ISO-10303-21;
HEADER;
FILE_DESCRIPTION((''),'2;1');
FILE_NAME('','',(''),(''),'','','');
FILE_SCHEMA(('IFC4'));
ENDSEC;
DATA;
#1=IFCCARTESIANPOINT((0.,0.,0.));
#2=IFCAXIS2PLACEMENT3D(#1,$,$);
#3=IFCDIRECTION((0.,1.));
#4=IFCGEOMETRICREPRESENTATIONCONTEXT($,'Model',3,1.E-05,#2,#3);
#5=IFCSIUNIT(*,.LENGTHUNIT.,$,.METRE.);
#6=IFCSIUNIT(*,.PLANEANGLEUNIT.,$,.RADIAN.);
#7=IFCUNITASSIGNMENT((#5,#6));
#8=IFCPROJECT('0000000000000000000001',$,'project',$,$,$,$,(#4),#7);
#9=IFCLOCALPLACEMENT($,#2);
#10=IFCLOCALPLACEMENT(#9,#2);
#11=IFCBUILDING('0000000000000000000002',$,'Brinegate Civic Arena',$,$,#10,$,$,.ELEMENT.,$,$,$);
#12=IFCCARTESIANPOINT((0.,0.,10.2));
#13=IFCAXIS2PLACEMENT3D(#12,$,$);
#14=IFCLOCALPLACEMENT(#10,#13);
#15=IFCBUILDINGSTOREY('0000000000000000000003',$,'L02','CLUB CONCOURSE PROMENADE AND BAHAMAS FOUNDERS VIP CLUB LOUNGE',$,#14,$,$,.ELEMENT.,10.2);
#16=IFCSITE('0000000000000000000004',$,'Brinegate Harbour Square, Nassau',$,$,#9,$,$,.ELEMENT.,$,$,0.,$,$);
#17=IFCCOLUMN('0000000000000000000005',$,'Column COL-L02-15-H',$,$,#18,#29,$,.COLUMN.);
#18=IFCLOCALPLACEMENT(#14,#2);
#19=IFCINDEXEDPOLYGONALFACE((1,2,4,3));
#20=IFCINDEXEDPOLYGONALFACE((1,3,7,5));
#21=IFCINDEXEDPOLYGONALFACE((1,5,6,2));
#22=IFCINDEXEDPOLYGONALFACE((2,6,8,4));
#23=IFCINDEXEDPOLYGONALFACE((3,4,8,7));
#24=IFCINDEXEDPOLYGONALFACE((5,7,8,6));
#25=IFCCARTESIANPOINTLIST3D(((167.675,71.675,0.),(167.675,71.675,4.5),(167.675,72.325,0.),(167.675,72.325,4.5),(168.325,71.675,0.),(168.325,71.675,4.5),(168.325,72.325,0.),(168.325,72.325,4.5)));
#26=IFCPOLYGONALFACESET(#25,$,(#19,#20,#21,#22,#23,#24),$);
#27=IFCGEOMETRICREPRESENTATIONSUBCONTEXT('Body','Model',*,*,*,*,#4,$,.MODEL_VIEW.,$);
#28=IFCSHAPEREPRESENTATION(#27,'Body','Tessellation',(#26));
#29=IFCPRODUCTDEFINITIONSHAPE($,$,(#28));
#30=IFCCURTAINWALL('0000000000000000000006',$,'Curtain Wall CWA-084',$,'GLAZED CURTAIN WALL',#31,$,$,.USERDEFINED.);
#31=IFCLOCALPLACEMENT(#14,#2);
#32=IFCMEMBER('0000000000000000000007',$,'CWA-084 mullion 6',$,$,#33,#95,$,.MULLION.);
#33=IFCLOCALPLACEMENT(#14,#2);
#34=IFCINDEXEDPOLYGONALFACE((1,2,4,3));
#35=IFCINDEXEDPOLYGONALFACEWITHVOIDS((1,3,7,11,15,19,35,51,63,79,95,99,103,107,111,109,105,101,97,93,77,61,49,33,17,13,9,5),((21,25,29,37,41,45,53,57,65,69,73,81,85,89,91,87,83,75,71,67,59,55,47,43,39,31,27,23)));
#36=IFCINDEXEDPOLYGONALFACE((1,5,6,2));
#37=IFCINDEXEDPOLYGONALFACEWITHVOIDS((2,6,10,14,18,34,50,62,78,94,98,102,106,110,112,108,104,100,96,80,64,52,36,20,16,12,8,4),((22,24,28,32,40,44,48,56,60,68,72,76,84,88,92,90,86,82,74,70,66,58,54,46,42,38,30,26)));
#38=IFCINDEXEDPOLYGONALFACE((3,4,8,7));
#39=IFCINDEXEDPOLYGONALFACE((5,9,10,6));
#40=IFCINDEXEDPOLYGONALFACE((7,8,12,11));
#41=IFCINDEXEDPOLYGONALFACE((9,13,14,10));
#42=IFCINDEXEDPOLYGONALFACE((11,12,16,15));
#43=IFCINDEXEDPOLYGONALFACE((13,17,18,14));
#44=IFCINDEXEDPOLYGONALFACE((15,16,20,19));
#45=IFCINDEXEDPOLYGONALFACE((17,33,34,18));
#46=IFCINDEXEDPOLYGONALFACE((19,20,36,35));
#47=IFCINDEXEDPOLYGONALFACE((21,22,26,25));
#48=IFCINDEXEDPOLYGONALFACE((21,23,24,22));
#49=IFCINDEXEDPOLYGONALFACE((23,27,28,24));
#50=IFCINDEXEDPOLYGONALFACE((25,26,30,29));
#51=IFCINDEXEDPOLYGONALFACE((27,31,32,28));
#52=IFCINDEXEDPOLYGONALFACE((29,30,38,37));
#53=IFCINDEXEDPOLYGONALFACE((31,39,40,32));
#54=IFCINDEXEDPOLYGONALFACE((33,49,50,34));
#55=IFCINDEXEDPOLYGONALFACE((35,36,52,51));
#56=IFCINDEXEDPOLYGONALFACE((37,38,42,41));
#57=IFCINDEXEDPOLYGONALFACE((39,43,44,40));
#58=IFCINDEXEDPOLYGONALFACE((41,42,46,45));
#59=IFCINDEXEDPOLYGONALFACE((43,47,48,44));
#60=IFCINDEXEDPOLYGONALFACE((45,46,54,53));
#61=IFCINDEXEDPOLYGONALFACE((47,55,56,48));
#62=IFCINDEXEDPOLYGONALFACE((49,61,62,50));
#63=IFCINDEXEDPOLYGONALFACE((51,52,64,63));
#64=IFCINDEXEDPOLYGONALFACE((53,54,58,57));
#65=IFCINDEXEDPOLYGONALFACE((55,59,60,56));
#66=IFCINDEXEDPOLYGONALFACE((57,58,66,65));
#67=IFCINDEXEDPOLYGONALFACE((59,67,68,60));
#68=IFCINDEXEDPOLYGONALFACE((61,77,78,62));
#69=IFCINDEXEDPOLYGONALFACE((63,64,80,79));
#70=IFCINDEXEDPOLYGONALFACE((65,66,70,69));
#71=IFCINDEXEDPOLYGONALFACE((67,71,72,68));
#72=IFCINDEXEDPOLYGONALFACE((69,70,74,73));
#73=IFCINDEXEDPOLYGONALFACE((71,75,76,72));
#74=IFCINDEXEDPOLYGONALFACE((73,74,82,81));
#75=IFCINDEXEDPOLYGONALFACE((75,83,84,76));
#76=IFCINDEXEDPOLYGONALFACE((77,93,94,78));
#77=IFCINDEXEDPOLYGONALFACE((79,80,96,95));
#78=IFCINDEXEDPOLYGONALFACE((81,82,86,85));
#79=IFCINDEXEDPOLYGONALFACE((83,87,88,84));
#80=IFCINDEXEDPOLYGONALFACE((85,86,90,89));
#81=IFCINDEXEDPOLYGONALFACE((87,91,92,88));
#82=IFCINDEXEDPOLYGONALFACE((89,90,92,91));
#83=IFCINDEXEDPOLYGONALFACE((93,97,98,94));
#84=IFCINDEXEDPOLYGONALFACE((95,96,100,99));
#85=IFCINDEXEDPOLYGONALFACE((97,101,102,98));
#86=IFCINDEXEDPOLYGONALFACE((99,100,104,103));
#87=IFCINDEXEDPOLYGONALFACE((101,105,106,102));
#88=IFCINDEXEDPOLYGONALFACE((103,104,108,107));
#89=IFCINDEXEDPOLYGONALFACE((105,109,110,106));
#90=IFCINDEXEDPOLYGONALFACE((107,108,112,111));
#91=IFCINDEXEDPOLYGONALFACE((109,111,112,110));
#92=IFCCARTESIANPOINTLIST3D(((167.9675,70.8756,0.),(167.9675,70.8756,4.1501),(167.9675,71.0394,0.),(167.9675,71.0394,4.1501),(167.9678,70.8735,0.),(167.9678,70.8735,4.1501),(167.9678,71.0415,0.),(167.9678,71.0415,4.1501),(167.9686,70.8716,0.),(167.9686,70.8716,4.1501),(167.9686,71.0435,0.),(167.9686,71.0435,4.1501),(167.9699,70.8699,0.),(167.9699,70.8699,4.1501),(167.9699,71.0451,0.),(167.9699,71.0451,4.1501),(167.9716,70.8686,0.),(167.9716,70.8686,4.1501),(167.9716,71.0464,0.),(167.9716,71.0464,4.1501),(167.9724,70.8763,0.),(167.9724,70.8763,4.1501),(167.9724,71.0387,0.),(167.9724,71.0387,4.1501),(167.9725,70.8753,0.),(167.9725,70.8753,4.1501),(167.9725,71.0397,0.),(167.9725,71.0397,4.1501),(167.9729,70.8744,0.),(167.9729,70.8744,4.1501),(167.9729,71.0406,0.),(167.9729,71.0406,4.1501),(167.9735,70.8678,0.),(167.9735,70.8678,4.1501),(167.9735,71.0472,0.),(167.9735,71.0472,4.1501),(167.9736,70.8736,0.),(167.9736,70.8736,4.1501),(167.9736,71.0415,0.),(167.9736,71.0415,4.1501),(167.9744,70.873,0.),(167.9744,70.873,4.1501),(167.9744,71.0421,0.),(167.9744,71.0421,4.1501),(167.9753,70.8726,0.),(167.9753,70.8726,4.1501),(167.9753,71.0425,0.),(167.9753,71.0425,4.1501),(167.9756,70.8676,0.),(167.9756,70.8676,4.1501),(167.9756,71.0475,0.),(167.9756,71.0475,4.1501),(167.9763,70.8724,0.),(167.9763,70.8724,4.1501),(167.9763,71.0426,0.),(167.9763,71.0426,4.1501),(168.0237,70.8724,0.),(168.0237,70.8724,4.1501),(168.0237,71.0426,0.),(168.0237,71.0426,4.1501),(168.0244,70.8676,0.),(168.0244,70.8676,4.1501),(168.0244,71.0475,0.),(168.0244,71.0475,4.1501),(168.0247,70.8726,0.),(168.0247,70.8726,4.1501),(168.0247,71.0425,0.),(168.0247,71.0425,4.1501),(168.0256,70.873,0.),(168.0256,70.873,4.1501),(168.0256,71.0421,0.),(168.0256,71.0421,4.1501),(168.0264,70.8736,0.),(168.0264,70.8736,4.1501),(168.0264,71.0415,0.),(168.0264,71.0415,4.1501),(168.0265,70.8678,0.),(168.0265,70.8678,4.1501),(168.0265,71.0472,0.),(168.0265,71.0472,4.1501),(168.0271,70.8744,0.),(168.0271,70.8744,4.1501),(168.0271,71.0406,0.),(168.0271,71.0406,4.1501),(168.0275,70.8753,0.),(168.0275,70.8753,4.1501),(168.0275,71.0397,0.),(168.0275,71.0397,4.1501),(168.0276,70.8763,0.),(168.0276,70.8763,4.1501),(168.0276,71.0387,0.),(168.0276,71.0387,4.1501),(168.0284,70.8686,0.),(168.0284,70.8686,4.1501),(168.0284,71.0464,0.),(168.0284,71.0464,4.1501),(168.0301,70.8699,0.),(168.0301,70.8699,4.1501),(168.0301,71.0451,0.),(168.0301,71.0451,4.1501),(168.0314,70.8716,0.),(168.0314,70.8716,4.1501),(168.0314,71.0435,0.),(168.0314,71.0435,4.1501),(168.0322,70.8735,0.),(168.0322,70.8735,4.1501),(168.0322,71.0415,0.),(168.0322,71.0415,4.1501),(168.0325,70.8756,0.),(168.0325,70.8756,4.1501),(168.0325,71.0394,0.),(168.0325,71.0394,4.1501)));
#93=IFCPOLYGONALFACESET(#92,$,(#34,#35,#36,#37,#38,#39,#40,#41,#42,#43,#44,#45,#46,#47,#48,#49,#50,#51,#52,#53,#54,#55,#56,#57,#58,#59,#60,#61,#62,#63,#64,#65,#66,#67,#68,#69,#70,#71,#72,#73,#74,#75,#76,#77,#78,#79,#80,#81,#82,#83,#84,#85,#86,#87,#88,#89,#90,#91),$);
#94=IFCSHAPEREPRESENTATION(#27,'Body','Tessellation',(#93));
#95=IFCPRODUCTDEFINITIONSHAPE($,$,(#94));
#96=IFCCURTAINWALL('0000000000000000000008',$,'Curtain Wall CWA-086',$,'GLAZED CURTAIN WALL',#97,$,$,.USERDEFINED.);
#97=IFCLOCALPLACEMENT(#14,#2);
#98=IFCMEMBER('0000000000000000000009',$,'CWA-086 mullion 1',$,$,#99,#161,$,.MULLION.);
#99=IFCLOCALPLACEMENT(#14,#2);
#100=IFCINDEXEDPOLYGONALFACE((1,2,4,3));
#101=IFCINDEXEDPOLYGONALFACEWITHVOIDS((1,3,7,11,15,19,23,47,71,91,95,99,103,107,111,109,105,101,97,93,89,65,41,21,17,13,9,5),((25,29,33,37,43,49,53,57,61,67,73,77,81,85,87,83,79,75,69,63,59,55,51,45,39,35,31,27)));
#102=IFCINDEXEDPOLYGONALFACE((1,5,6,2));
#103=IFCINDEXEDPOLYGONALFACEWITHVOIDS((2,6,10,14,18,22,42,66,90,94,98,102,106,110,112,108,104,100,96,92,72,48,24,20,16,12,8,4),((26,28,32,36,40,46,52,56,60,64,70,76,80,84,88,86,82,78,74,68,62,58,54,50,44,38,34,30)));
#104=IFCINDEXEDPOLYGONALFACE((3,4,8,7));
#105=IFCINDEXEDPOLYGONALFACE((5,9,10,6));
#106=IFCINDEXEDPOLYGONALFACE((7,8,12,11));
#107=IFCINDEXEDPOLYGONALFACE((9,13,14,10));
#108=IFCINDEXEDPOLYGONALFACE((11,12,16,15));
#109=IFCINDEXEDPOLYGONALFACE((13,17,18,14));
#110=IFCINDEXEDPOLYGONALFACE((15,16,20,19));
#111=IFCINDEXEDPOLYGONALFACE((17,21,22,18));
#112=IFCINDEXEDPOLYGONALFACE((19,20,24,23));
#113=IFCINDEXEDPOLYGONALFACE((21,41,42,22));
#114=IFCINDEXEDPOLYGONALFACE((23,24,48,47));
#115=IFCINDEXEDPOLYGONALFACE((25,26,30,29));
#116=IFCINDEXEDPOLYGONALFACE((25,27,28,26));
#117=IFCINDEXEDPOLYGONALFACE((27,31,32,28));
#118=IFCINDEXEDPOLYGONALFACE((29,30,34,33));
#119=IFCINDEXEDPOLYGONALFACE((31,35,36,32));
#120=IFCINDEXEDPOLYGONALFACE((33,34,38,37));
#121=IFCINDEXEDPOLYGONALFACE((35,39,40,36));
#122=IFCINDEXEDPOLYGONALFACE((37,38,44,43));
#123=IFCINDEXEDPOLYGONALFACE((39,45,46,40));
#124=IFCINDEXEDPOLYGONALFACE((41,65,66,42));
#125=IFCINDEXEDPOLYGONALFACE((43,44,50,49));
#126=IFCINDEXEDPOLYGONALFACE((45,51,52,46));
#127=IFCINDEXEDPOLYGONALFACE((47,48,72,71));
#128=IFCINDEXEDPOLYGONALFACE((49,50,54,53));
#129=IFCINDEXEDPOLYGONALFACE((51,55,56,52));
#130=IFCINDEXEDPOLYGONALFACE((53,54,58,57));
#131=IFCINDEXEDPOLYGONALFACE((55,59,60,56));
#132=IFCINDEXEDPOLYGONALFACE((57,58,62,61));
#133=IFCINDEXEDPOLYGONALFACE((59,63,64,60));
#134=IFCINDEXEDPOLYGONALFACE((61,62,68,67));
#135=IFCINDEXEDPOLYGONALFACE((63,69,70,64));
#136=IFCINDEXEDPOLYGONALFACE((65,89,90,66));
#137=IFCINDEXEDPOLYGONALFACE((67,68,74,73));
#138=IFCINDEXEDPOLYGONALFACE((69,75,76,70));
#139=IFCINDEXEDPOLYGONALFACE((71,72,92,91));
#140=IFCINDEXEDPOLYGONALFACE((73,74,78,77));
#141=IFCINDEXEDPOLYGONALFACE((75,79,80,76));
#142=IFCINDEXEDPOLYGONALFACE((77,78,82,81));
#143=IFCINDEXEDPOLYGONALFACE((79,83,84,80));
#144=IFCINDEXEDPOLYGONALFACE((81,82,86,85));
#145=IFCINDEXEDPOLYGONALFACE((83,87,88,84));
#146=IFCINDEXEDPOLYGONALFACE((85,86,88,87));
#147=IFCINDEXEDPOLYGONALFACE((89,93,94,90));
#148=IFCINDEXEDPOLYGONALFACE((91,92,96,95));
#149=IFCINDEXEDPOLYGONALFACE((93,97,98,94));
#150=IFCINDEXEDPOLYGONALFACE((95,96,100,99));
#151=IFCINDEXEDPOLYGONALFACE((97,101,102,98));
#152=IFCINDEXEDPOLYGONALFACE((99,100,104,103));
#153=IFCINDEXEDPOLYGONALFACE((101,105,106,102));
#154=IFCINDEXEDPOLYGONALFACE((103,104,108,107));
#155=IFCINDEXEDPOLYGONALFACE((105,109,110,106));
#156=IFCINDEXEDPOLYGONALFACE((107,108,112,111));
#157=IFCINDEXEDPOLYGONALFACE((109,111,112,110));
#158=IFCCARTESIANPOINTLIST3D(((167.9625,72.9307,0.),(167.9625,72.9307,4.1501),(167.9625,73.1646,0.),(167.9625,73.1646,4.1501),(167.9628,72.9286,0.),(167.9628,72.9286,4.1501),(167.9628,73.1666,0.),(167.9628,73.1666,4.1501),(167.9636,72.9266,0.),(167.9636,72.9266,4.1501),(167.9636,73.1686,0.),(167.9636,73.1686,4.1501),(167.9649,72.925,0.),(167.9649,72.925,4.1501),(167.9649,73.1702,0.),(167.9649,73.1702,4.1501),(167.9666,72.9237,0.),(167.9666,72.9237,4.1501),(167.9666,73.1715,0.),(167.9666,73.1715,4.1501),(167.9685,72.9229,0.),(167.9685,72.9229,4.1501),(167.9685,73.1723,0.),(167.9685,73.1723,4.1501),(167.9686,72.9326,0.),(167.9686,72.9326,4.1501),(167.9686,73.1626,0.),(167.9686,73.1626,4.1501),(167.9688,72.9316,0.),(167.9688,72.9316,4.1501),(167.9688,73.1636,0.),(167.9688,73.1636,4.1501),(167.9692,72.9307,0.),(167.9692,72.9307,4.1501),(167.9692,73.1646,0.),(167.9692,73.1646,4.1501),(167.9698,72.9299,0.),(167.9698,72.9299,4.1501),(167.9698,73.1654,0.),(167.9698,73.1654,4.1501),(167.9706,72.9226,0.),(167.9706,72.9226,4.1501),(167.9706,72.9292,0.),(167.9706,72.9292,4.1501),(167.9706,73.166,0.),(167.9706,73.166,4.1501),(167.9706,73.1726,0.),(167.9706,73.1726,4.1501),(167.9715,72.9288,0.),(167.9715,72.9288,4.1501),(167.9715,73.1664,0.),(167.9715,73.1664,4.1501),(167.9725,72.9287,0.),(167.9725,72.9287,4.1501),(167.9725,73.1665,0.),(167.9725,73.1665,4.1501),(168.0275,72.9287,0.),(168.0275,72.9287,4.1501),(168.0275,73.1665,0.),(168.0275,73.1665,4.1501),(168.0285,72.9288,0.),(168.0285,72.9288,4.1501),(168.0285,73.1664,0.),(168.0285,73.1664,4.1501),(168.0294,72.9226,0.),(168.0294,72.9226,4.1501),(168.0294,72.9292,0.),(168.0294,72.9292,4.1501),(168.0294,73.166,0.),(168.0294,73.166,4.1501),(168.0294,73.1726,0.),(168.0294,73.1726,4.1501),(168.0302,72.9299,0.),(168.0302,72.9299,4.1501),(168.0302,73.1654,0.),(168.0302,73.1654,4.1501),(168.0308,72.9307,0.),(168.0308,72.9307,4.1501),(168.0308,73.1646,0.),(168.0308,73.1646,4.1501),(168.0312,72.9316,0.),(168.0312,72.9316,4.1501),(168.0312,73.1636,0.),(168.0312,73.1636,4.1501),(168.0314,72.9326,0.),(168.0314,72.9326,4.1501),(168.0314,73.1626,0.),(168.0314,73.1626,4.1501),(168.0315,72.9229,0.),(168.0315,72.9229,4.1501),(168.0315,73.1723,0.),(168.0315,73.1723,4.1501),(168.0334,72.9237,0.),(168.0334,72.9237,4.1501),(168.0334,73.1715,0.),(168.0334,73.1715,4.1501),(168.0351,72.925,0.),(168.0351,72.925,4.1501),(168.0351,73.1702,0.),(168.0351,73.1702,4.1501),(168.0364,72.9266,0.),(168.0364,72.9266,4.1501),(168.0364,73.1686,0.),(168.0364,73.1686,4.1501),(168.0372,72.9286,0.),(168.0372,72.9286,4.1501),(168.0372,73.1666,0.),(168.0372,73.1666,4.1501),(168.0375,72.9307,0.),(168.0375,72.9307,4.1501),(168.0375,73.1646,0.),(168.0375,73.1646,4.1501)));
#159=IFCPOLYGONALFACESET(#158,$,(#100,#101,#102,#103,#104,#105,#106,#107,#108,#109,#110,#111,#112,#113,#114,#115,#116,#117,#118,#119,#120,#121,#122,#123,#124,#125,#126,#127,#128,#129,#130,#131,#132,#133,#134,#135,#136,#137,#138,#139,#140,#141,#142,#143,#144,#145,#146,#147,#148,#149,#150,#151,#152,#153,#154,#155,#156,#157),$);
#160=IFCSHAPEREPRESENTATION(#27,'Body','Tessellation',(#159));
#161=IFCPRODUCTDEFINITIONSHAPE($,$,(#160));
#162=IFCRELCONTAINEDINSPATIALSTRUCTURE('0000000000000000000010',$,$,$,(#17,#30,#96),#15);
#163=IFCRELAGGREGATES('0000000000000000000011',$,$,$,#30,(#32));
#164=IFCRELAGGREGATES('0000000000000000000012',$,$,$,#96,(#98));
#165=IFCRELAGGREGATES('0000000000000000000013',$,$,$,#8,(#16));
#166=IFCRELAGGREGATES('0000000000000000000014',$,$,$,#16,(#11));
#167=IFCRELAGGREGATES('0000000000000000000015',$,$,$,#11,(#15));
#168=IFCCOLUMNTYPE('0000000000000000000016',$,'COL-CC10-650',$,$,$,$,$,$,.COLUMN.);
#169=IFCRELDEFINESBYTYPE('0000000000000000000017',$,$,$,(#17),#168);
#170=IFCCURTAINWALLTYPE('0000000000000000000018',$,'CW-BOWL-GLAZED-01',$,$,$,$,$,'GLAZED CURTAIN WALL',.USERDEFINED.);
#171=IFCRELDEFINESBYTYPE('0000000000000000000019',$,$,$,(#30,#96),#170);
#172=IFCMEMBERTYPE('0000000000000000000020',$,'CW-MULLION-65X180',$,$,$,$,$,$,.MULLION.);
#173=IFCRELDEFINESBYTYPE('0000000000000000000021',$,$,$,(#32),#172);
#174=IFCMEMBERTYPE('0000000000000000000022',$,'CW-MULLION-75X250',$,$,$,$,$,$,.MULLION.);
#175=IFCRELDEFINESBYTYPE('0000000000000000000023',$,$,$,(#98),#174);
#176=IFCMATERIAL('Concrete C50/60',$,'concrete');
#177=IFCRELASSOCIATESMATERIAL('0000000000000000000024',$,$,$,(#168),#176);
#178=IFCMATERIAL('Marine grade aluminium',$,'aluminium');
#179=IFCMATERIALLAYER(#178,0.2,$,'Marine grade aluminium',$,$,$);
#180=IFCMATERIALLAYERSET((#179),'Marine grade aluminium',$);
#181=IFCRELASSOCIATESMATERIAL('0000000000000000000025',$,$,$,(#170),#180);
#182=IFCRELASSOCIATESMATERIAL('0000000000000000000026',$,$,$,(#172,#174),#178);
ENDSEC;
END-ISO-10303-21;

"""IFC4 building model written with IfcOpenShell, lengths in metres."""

from ifc_helpers import new_model, si_unit, direction, frame, origin, origin_2d, place, context, subcontext, project, spatial, rectangle, hollow_rectangle, extrude, material, layer, layer_set, material_profile, profile_set, type_object, element, aggregate, save


model = new_model("IFC4")

# Units and contexts
model_context = context("Model", 3, precision=1e-05, world=origin(), true_north=direction((0.0, 1.0)))
body_context = subcontext(model_context, "Body", "Model", "MODEL_VIEW")
ifc_project = project(units=[si_unit("LENGTHUNIT", "METRE"), si_unit("PLANEANGLEUNIT", "RADIAN")], contexts=[model_context])

# Site, building, storey
site_placement = place(None, origin())
site = spatial("IfcSite", under=ifc_project, at=site_placement, Name="Brinegate Harbour Square, Nassau", CompositionType="ELEMENT", RefElevation=0.0)
building_placement = place(site_placement, origin())
building = spatial("IfcBuilding", under=site, at=building_placement, Name="Brinegate Civic Arena", CompositionType="ELEMENT")
storey_placement = place(building_placement, frame((0.0, 0.0, 10.2)))
storey = spatial("IfcBuildingStorey", under=building, at=storey_placement, Name="L02", Description="CLUB CONCOURSE PROMENADE AND BAHAMAS FOUNDERS VIP CLUB LOUNGE", CompositionType="ELEMENT", Elevation=10.2)

# Column
ifc_material_1 = material(Name="Concrete C50/60", Category="concrete")
ifc_material_profile_1 = material_profile(ifc_material_1, rectangle(XDim=0.6499, YDim=0.6499, at=origin_2d()), Name="RC650X650")
ifc_profile_set_1 = profile_set([ifc_material_profile_1], Name="Concrete C50/60")
column_type = type_object("IfcColumnType", Name="COL-CC10-650", PredefinedType="COLUMN", material=ifc_profile_set_1)
column_placement = place(storey_placement, frame((168.0, 72.0, 0.0), z_axis=(0.0, 0.0, 1.0), x_axis=(1.0, 0.0, 0.0)))
element("IfcColumn", 1, at=column_placement, inside=storey, type_object=column_type, Name="Column COL-L02-15-H", PredefinedType="COLUMN", context=body_context, shape_type="SweptSolid", body=[
    extrude(rectangle(XDim=0.6499, YDim=0.6499, at=origin_2d()), origin(), (0.0, 0.0, 1.0), 4.5),
])

# Curtain wall, member
ifc_material_2 = material(Name="Marine grade aluminium", Category="aluminium")
ifc_layer_1 = layer(ifc_material_2, 0.2, Name="Marine grade aluminium")
ifc_layer_set_1 = layer_set([ifc_layer_1], Name="Marine grade aluminium")
curtain_wall_type = type_object("IfcCurtainWallType", Name="CW-BOWL-GLAZED-01", ElementType="GLAZED CURTAIN WALL", PredefinedType="USERDEFINED", material=ifc_layer_set_1)
curtain_wall_1_placement = place(storey_placement, origin())
curtain_wall_1 = element("IfcCurtainWall", 2, at=curtain_wall_1_placement, inside=storey, type_object=curtain_wall_type, Name="Curtain Wall CWA-084", ObjectType="GLAZED CURTAIN WALL", PredefinedType="USERDEFINED")
ifc_material_profile_2 = material_profile(ifc_material_2, hollow_rectangle(XDim=0.0649, YDim=0.1799, WallThickness=0.0049, InnerFilletRadius=0.0039, OuterFilletRadius=0.0081, at=origin_2d()), Name="MUL65X180")
ifc_profile_set_2 = profile_set([ifc_material_profile_2], Name="Marine grade aluminium")
member_type_1 = type_object("IfcMemberType", Name="CW-MULLION-65X180", PredefinedType="MULLION", material=ifc_profile_set_2)
member_1_placement = place(storey_placement, frame((168.0, 70.9575, 0.0), z_axis=(0.0, 0.0, 1.0), x_axis=(-1.0, 0.0, 0.0)))
member_1 = element("IfcMember", 3, at=member_1_placement, type_object=member_type_1, Name="CWA-084 mullion 6", PredefinedType="MULLION", context=body_context, shape_type="SweptSolid", body=[
    extrude(hollow_rectangle(XDim=0.0649, YDim=0.1799, WallThickness=0.0049, InnerFilletRadius=0.0039, OuterFilletRadius=0.0081, at=origin_2d()), origin(), (0.0, 0.0, 1.0), 4.1501),
])

# Curtain wall, member
curtain_wall_2_placement = place(storey_placement, origin())
curtain_wall_2 = element("IfcCurtainWall", 4, at=curtain_wall_2_placement, inside=storey, type_object=curtain_wall_type, Name="Curtain Wall CWA-086", ObjectType="GLAZED CURTAIN WALL", PredefinedType="USERDEFINED")
ifc_material_profile_3 = material_profile(ifc_material_2, hollow_rectangle(XDim=0.075, YDim=0.25, WallThickness=0.0061, InnerFilletRadius=0.0039, OuterFilletRadius=0.0081, at=origin_2d()), Name="MUL75X250")
ifc_profile_set_3 = profile_set([ifc_material_profile_3], Name="Marine grade aluminium")
member_type_2 = type_object("IfcMemberType", Name="CW-MULLION-75X250", PredefinedType="MULLION", material=ifc_profile_set_3)
member_2_placement = place(storey_placement, frame((168.0, 73.0476, 0.0), z_axis=(0.0, 0.0, 1.0), x_axis=(-1.0, 0.0, 0.0)))
member_2 = element("IfcMember", 5, at=member_2_placement, type_object=member_type_2, Name="CWA-086 mullion 1", PredefinedType="MULLION", context=body_context, shape_type="SweptSolid", body=[
    extrude(hollow_rectangle(XDim=0.075, YDim=0.25, WallThickness=0.0061, InnerFilletRadius=0.0039, OuterFilletRadius=0.0081, at=origin_2d()), origin(), (0.0, 0.0, 1.0), 4.1501),
])

aggregate(curtain_wall_1, [member_1])
aggregate(curtain_wall_2, [member_2])

save(model, "model.ifc")
